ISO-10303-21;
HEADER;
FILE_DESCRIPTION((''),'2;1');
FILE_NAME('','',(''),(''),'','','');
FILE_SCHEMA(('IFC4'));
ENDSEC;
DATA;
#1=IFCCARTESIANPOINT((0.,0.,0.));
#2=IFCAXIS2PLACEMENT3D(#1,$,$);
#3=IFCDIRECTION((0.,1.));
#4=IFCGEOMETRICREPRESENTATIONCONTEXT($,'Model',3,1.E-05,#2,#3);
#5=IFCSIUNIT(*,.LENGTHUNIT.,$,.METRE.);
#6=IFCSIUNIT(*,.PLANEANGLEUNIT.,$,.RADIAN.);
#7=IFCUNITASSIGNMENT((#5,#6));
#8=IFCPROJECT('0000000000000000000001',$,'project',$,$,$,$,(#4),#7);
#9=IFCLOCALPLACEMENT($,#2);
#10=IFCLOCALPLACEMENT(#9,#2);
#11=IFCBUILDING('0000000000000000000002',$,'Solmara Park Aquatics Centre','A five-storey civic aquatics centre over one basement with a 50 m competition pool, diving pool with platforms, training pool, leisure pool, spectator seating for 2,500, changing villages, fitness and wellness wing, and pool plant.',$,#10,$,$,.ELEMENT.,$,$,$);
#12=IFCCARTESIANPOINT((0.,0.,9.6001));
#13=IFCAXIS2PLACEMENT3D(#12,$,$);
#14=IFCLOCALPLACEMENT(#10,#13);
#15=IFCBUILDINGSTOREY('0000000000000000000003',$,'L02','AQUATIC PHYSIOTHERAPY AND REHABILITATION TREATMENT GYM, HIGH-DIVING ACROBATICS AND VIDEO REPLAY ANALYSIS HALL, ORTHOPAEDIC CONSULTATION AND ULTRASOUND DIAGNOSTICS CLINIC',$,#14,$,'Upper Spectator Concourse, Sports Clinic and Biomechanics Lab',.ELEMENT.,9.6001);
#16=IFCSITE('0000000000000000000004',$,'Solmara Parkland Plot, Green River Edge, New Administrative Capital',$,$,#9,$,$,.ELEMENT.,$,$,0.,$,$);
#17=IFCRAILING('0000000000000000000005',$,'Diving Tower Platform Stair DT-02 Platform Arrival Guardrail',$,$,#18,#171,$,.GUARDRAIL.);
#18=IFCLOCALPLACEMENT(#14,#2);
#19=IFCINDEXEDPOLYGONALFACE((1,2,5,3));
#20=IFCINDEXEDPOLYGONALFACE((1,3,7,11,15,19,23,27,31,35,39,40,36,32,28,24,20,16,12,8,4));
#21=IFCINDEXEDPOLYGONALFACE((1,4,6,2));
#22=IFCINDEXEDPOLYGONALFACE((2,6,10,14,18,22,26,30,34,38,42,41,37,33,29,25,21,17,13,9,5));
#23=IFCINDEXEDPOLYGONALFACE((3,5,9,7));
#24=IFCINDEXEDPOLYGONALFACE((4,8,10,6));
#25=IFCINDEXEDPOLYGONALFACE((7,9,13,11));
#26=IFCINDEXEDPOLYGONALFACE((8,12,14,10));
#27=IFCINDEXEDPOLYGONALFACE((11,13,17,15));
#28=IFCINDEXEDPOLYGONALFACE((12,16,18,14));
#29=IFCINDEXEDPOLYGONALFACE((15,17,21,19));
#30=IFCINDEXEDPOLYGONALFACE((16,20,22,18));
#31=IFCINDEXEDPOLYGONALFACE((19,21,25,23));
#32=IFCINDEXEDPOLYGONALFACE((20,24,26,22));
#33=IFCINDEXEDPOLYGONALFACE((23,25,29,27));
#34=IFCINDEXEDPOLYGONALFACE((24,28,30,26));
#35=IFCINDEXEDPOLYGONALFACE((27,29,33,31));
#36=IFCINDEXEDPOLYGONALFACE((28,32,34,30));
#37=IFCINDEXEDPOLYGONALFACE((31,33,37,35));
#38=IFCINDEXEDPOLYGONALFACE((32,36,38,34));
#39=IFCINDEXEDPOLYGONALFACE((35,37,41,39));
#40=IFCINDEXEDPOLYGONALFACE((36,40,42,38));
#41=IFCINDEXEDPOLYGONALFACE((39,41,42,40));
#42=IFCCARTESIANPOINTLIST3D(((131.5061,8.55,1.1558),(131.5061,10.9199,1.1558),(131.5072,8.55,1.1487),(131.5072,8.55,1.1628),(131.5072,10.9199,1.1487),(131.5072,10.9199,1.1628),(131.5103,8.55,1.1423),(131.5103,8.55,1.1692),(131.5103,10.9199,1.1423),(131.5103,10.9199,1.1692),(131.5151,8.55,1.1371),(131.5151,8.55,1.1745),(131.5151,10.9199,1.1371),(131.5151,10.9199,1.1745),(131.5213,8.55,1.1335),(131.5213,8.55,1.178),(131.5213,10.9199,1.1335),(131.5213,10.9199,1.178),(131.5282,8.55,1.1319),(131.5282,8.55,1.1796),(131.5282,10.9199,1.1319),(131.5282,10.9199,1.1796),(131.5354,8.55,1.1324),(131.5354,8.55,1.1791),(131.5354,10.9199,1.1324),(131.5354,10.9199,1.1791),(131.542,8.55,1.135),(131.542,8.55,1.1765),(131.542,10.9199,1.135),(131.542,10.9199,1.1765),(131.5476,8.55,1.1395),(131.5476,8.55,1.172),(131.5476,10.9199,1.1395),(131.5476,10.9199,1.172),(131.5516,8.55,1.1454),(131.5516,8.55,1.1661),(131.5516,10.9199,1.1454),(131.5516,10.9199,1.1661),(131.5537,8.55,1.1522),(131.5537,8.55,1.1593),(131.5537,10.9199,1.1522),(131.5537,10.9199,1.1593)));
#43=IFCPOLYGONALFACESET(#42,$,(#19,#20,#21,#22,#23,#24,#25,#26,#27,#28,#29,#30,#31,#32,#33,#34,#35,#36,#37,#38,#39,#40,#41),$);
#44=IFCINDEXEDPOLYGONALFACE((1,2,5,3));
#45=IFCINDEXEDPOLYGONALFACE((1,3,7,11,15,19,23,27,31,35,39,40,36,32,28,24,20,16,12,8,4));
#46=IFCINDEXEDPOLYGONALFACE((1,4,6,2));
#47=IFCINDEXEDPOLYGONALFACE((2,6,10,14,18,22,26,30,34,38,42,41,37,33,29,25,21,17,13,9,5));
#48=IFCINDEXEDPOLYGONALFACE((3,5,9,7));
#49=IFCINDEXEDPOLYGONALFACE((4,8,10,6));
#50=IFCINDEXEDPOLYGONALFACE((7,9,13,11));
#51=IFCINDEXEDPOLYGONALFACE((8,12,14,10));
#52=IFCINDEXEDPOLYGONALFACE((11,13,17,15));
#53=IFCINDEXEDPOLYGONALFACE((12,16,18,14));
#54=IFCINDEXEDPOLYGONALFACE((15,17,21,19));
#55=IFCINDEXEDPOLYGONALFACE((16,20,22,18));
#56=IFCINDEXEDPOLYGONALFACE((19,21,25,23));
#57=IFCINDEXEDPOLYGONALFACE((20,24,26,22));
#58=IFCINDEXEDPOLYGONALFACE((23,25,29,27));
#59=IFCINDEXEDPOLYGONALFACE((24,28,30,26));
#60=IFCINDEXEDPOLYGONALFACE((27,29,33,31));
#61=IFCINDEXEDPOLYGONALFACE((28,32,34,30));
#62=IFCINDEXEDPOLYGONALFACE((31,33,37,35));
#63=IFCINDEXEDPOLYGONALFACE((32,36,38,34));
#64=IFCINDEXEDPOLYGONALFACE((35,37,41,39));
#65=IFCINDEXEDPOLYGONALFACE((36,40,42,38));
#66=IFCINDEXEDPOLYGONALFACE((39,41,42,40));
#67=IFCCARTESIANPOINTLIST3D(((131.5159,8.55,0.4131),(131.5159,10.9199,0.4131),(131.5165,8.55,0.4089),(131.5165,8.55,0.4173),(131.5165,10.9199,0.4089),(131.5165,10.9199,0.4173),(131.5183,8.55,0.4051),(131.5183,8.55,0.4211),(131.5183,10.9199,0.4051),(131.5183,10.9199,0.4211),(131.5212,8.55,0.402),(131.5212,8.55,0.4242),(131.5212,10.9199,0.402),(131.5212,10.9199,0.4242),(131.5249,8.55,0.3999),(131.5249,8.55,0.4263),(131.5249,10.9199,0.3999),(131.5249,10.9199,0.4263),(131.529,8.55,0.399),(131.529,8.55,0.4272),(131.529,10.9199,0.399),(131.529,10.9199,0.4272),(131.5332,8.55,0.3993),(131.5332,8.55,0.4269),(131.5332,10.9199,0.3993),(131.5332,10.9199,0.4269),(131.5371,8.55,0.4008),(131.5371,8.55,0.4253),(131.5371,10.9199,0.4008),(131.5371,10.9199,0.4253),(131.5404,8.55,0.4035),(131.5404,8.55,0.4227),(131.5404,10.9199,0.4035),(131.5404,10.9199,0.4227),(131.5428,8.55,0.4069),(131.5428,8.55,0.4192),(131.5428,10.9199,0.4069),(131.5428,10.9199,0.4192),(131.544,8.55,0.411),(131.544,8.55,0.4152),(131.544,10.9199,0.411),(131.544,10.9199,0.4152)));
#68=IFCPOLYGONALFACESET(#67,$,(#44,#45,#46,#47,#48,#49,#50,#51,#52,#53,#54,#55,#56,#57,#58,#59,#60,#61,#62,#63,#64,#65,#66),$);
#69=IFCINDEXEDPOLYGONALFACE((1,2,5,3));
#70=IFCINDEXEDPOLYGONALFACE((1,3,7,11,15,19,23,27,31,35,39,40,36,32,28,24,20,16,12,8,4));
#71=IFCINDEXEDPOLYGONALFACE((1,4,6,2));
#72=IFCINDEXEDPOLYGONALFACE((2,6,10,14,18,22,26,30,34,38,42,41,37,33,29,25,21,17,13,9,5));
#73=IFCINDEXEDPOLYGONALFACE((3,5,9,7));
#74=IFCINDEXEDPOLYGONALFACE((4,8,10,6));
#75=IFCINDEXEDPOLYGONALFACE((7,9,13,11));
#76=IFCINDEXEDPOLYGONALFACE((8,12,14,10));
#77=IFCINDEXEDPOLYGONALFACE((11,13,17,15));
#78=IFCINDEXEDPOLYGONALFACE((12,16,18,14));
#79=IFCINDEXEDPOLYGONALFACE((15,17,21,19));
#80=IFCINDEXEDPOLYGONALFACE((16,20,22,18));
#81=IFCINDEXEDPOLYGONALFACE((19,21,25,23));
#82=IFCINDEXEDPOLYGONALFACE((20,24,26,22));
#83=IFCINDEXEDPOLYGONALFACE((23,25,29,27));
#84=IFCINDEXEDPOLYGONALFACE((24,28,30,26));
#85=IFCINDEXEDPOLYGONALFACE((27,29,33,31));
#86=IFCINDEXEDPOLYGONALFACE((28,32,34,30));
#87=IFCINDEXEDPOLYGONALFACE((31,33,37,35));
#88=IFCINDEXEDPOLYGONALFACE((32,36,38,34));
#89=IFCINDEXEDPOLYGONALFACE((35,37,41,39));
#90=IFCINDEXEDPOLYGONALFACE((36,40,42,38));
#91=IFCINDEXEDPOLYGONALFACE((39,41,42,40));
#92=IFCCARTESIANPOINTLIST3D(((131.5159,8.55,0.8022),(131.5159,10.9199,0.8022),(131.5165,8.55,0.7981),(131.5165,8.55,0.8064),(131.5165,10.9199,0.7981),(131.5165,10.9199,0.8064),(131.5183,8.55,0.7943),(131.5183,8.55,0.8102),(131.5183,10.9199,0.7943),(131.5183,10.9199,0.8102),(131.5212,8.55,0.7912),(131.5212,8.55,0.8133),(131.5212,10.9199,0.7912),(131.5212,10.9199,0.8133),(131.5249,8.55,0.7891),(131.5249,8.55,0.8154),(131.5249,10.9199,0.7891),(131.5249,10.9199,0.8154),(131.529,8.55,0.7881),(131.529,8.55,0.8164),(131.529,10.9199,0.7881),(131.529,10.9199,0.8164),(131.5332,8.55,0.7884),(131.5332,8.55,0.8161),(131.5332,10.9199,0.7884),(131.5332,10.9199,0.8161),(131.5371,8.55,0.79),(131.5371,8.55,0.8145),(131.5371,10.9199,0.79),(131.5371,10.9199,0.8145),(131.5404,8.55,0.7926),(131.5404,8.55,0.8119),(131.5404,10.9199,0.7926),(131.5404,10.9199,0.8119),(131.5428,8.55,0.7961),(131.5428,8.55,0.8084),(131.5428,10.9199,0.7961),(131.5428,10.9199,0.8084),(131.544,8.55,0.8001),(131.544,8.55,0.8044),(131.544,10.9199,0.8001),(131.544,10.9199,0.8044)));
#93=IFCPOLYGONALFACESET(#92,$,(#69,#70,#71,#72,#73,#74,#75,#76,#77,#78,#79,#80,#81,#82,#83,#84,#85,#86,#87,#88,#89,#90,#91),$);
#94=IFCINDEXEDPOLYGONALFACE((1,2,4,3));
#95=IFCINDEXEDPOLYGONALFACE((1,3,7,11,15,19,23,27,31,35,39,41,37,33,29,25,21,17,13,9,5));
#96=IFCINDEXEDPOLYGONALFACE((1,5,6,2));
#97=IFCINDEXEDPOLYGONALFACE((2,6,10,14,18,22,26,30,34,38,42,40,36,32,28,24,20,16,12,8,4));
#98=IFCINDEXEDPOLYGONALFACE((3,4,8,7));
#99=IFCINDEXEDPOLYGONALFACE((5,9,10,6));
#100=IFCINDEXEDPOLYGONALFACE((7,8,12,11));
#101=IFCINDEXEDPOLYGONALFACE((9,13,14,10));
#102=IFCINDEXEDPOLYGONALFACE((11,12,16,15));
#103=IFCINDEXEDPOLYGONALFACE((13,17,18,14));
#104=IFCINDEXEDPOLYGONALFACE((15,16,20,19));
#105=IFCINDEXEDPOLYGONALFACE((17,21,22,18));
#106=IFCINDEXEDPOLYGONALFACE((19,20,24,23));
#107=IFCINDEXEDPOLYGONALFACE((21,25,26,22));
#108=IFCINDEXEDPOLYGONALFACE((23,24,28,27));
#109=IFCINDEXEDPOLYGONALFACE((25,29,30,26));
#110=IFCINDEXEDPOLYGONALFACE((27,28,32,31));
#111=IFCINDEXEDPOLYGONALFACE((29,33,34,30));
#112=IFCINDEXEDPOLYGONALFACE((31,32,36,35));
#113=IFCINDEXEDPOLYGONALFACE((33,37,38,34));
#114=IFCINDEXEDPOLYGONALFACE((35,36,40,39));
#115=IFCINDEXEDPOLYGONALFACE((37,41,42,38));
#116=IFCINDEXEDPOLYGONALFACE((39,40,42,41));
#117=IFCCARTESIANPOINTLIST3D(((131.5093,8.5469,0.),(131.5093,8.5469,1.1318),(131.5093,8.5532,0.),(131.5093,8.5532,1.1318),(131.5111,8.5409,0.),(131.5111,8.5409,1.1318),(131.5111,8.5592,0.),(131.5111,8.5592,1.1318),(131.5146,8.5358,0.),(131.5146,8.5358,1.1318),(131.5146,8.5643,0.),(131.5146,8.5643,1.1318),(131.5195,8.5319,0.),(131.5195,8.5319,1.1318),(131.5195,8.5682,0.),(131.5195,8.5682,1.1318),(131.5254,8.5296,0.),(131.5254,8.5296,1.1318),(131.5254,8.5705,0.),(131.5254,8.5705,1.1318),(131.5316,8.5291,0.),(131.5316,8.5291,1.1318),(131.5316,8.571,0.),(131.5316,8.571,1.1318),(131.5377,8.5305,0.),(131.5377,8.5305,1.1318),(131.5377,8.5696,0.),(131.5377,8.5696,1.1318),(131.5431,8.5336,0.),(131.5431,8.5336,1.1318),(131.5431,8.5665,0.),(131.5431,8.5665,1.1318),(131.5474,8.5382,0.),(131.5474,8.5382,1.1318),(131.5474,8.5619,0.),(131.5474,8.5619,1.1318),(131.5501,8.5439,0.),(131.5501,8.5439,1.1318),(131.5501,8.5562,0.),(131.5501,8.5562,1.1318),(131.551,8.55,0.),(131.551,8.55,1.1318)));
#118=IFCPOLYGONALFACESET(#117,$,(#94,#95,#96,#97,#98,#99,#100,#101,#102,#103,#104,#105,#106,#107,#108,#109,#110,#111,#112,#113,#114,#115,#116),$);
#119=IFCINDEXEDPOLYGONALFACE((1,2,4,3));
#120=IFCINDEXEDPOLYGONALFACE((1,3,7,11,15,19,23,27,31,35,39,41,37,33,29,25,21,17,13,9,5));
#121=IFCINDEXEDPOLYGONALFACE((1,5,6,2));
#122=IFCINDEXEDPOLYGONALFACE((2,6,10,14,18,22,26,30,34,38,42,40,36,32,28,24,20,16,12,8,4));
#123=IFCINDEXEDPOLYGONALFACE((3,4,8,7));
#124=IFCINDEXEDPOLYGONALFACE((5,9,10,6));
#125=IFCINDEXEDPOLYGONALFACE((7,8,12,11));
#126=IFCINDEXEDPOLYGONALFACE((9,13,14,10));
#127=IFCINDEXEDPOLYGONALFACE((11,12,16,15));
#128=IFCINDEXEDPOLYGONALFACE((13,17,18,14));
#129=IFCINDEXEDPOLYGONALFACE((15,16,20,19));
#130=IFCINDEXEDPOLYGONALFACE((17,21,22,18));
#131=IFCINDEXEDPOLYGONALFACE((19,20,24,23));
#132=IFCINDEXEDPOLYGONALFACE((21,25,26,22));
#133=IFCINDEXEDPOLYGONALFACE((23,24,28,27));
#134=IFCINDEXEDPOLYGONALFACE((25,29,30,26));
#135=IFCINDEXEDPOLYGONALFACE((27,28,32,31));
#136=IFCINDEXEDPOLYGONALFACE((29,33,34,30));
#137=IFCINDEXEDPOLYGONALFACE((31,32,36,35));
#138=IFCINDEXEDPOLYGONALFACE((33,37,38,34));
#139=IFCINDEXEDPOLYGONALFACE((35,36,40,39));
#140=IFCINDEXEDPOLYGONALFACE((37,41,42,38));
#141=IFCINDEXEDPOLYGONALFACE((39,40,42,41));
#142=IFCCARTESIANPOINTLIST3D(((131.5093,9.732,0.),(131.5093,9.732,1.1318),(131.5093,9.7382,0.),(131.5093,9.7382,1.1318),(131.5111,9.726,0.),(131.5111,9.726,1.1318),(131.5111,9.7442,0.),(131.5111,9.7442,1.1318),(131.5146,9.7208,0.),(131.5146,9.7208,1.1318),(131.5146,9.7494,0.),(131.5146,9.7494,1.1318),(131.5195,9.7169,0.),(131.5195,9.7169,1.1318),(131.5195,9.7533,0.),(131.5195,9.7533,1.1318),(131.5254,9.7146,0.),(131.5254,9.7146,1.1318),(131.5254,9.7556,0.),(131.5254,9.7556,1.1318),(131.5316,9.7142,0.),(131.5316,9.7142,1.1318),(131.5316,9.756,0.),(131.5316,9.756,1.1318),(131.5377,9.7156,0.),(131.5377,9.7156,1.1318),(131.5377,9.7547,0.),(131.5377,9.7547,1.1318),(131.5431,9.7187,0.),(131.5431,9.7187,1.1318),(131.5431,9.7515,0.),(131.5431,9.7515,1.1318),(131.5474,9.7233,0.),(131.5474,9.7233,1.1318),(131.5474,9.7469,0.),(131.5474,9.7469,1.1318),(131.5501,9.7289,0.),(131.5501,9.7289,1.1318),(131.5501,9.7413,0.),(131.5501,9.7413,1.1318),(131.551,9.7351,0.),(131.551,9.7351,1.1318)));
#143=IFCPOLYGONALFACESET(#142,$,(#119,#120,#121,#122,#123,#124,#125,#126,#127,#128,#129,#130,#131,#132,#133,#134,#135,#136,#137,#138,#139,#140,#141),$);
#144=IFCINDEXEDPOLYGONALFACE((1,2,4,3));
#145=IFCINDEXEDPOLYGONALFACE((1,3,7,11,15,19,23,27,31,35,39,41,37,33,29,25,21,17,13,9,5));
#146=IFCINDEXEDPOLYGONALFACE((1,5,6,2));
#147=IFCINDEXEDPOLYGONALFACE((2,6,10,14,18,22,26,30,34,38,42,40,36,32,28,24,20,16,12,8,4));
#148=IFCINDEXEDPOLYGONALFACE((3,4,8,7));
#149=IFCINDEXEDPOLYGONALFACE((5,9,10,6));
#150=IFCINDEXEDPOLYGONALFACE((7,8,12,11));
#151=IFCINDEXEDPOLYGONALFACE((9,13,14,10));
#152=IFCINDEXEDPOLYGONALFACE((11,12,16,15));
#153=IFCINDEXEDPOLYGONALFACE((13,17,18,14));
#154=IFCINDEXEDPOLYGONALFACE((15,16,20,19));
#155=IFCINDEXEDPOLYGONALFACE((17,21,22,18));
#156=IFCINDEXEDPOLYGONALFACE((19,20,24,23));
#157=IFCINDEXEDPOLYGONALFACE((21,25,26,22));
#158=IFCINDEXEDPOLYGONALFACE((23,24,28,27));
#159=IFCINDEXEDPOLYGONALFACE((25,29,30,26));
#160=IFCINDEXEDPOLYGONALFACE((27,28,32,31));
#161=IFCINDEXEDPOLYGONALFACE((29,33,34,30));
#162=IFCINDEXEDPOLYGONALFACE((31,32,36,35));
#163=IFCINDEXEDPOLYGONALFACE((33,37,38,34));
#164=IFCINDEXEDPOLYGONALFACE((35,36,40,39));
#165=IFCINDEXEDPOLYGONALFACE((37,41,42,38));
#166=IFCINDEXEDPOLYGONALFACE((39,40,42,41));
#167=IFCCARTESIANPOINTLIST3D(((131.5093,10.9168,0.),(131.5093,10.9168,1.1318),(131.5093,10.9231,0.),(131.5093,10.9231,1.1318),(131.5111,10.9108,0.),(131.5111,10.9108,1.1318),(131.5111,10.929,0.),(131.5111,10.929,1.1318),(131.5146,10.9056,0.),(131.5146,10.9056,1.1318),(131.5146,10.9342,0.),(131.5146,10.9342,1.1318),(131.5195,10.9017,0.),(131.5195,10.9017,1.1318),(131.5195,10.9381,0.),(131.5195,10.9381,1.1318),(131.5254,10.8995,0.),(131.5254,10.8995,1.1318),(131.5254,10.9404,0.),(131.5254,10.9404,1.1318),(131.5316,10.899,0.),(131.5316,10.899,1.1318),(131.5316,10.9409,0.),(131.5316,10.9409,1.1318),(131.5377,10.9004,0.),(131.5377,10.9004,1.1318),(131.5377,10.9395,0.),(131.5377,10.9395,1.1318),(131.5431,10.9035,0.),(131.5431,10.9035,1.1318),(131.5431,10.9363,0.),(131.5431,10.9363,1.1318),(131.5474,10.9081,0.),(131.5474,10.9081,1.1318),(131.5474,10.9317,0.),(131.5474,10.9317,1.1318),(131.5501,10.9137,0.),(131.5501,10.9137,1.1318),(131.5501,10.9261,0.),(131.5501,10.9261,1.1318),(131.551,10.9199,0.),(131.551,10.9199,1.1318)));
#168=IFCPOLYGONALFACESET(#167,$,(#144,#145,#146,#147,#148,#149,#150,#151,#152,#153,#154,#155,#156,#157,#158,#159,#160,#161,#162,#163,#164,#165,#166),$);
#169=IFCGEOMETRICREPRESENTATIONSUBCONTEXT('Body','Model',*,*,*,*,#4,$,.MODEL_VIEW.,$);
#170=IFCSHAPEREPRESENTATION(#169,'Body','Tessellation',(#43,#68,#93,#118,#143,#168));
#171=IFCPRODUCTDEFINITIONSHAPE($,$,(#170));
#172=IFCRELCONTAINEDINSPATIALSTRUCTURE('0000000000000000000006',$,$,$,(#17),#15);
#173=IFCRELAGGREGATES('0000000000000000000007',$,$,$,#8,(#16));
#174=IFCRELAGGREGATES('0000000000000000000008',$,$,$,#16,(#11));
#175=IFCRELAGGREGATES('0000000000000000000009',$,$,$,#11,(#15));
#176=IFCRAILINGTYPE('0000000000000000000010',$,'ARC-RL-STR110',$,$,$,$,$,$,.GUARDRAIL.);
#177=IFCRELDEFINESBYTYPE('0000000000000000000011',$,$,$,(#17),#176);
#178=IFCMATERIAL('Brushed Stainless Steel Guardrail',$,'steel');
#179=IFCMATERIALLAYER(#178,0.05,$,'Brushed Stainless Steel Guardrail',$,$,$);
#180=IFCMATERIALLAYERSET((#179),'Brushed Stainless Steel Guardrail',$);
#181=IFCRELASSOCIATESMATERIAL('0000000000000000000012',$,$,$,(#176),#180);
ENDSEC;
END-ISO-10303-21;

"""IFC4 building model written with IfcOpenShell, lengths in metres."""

from ifc_helpers import new_model, si_unit, direction, frame, origin, origin_2d, place, context, subcontext, project, spatial, circle, extrude, material, layer, layer_set, type_object, element, save


model = new_model("IFC4")

# Units and contexts
model_context = context("Model", 3, precision=1e-05, world=origin(), true_north=direction((0.0, 1.0)))
body_context = subcontext(model_context, "Body", "Model", "MODEL_VIEW")
ifc_project = project(units=[si_unit("LENGTHUNIT", "METRE"), si_unit("PLANEANGLEUNIT", "RADIAN")], contexts=[model_context])

# Site, building, storey
site_placement = place(None, origin())
site = spatial("IfcSite", under=ifc_project, at=site_placement, Name="Solmara Parkland Plot, Green River Edge, New Administrative Capital", CompositionType="ELEMENT", RefElevation=0.0)
building_placement = place(site_placement, origin())
building = spatial("IfcBuilding", under=site, at=building_placement, Name="Solmara Park Aquatics Centre", Description="A five-storey civic aquatics centre over one basement with a 50 m competition pool, diving pool with platforms, training pool, leisure pool, spectator seating for 2,500, changing villages, fitness and wellness wing, and pool plant.", CompositionType="ELEMENT")
storey_placement = place(building_placement, frame((0.0, 0.0, 9.6001)))
storey = spatial("IfcBuildingStorey", under=building, at=storey_placement, Name="L02", Description="AQUATIC PHYSIOTHERAPY AND REHABILITATION TREATMENT GYM, HIGH-DIVING ACROBATICS AND VIDEO REPLAY ANALYSIS HALL, ORTHOPAEDIC CONSULTATION AND ULTRASOUND DIAGNOSTICS CLINIC", LongName="Upper Spectator Concourse, Sports Clinic and Biomechanics Lab", CompositionType="ELEMENT", Elevation=9.6001)

# Railing
ifc_material_1 = material(Name="Brushed Stainless Steel Guardrail", Category="steel")
ifc_layer_1 = layer(ifc_material_1, 0.05, Name="Brushed Stainless Steel Guardrail")
ifc_layer_set_1 = layer_set([ifc_layer_1], Name="Brushed Stainless Steel Guardrail")
railing_type_1 = type_object("IfcRailingType", Name="ARC-RL-STR110", PredefinedType="GUARDRAIL", material=ifc_layer_set_1)
railing_1_placement = place(storey_placement, frame((131.53, 8.55, 0.0)))
element("IfcRailing", 1, at=railing_1_placement, inside=storey, type_object=railing_type_1, Name="Diving Tower Platform Stair DT-02 Platform Arrival Guardrail", PredefinedType="GUARDRAIL", context=body_context, shape_type="SweptSolid", body=[
    extrude(circle(Radius=0.0239, at=origin_2d()), frame((0.0, 0.0, 1.1558), z_axis=(0.0, 1.0, 0.0), x_axis=(-1.0, 0.0, 0.0)), (0.0, 0.0, 1.0), 2.3699),
    extrude(circle(Radius=0.0142, at=origin_2d()), frame((0.0, 0.0, 0.4131), z_axis=(0.0, 1.0, 0.0), x_axis=(-1.0, 0.0, 0.0)), (0.0, 0.0, 1.0), 2.3699),
    extrude(circle(Radius=0.0142, at=origin_2d()), frame((0.0, 0.0, 0.8022), z_axis=(0.0, 1.0, 0.0), x_axis=(-1.0, 0.0, 0.0)), (0.0, 0.0, 1.0), 2.3699),
    extrude(circle(Radius=0.021, at=origin_2d()), origin(), (0.0, 0.0, 1.0), 1.1318),
    extrude(circle(Radius=0.021, at=origin_2d()), frame((0.0, 1.1851, 0.0)), (0.0, 0.0, 1.0), 1.1318),
    extrude(circle(Radius=0.021, at=origin_2d()), frame((0.0, 2.3699, 0.0)), (0.0, 0.0, 1.0), 1.1318),
])

save(model, "model.ifc")
